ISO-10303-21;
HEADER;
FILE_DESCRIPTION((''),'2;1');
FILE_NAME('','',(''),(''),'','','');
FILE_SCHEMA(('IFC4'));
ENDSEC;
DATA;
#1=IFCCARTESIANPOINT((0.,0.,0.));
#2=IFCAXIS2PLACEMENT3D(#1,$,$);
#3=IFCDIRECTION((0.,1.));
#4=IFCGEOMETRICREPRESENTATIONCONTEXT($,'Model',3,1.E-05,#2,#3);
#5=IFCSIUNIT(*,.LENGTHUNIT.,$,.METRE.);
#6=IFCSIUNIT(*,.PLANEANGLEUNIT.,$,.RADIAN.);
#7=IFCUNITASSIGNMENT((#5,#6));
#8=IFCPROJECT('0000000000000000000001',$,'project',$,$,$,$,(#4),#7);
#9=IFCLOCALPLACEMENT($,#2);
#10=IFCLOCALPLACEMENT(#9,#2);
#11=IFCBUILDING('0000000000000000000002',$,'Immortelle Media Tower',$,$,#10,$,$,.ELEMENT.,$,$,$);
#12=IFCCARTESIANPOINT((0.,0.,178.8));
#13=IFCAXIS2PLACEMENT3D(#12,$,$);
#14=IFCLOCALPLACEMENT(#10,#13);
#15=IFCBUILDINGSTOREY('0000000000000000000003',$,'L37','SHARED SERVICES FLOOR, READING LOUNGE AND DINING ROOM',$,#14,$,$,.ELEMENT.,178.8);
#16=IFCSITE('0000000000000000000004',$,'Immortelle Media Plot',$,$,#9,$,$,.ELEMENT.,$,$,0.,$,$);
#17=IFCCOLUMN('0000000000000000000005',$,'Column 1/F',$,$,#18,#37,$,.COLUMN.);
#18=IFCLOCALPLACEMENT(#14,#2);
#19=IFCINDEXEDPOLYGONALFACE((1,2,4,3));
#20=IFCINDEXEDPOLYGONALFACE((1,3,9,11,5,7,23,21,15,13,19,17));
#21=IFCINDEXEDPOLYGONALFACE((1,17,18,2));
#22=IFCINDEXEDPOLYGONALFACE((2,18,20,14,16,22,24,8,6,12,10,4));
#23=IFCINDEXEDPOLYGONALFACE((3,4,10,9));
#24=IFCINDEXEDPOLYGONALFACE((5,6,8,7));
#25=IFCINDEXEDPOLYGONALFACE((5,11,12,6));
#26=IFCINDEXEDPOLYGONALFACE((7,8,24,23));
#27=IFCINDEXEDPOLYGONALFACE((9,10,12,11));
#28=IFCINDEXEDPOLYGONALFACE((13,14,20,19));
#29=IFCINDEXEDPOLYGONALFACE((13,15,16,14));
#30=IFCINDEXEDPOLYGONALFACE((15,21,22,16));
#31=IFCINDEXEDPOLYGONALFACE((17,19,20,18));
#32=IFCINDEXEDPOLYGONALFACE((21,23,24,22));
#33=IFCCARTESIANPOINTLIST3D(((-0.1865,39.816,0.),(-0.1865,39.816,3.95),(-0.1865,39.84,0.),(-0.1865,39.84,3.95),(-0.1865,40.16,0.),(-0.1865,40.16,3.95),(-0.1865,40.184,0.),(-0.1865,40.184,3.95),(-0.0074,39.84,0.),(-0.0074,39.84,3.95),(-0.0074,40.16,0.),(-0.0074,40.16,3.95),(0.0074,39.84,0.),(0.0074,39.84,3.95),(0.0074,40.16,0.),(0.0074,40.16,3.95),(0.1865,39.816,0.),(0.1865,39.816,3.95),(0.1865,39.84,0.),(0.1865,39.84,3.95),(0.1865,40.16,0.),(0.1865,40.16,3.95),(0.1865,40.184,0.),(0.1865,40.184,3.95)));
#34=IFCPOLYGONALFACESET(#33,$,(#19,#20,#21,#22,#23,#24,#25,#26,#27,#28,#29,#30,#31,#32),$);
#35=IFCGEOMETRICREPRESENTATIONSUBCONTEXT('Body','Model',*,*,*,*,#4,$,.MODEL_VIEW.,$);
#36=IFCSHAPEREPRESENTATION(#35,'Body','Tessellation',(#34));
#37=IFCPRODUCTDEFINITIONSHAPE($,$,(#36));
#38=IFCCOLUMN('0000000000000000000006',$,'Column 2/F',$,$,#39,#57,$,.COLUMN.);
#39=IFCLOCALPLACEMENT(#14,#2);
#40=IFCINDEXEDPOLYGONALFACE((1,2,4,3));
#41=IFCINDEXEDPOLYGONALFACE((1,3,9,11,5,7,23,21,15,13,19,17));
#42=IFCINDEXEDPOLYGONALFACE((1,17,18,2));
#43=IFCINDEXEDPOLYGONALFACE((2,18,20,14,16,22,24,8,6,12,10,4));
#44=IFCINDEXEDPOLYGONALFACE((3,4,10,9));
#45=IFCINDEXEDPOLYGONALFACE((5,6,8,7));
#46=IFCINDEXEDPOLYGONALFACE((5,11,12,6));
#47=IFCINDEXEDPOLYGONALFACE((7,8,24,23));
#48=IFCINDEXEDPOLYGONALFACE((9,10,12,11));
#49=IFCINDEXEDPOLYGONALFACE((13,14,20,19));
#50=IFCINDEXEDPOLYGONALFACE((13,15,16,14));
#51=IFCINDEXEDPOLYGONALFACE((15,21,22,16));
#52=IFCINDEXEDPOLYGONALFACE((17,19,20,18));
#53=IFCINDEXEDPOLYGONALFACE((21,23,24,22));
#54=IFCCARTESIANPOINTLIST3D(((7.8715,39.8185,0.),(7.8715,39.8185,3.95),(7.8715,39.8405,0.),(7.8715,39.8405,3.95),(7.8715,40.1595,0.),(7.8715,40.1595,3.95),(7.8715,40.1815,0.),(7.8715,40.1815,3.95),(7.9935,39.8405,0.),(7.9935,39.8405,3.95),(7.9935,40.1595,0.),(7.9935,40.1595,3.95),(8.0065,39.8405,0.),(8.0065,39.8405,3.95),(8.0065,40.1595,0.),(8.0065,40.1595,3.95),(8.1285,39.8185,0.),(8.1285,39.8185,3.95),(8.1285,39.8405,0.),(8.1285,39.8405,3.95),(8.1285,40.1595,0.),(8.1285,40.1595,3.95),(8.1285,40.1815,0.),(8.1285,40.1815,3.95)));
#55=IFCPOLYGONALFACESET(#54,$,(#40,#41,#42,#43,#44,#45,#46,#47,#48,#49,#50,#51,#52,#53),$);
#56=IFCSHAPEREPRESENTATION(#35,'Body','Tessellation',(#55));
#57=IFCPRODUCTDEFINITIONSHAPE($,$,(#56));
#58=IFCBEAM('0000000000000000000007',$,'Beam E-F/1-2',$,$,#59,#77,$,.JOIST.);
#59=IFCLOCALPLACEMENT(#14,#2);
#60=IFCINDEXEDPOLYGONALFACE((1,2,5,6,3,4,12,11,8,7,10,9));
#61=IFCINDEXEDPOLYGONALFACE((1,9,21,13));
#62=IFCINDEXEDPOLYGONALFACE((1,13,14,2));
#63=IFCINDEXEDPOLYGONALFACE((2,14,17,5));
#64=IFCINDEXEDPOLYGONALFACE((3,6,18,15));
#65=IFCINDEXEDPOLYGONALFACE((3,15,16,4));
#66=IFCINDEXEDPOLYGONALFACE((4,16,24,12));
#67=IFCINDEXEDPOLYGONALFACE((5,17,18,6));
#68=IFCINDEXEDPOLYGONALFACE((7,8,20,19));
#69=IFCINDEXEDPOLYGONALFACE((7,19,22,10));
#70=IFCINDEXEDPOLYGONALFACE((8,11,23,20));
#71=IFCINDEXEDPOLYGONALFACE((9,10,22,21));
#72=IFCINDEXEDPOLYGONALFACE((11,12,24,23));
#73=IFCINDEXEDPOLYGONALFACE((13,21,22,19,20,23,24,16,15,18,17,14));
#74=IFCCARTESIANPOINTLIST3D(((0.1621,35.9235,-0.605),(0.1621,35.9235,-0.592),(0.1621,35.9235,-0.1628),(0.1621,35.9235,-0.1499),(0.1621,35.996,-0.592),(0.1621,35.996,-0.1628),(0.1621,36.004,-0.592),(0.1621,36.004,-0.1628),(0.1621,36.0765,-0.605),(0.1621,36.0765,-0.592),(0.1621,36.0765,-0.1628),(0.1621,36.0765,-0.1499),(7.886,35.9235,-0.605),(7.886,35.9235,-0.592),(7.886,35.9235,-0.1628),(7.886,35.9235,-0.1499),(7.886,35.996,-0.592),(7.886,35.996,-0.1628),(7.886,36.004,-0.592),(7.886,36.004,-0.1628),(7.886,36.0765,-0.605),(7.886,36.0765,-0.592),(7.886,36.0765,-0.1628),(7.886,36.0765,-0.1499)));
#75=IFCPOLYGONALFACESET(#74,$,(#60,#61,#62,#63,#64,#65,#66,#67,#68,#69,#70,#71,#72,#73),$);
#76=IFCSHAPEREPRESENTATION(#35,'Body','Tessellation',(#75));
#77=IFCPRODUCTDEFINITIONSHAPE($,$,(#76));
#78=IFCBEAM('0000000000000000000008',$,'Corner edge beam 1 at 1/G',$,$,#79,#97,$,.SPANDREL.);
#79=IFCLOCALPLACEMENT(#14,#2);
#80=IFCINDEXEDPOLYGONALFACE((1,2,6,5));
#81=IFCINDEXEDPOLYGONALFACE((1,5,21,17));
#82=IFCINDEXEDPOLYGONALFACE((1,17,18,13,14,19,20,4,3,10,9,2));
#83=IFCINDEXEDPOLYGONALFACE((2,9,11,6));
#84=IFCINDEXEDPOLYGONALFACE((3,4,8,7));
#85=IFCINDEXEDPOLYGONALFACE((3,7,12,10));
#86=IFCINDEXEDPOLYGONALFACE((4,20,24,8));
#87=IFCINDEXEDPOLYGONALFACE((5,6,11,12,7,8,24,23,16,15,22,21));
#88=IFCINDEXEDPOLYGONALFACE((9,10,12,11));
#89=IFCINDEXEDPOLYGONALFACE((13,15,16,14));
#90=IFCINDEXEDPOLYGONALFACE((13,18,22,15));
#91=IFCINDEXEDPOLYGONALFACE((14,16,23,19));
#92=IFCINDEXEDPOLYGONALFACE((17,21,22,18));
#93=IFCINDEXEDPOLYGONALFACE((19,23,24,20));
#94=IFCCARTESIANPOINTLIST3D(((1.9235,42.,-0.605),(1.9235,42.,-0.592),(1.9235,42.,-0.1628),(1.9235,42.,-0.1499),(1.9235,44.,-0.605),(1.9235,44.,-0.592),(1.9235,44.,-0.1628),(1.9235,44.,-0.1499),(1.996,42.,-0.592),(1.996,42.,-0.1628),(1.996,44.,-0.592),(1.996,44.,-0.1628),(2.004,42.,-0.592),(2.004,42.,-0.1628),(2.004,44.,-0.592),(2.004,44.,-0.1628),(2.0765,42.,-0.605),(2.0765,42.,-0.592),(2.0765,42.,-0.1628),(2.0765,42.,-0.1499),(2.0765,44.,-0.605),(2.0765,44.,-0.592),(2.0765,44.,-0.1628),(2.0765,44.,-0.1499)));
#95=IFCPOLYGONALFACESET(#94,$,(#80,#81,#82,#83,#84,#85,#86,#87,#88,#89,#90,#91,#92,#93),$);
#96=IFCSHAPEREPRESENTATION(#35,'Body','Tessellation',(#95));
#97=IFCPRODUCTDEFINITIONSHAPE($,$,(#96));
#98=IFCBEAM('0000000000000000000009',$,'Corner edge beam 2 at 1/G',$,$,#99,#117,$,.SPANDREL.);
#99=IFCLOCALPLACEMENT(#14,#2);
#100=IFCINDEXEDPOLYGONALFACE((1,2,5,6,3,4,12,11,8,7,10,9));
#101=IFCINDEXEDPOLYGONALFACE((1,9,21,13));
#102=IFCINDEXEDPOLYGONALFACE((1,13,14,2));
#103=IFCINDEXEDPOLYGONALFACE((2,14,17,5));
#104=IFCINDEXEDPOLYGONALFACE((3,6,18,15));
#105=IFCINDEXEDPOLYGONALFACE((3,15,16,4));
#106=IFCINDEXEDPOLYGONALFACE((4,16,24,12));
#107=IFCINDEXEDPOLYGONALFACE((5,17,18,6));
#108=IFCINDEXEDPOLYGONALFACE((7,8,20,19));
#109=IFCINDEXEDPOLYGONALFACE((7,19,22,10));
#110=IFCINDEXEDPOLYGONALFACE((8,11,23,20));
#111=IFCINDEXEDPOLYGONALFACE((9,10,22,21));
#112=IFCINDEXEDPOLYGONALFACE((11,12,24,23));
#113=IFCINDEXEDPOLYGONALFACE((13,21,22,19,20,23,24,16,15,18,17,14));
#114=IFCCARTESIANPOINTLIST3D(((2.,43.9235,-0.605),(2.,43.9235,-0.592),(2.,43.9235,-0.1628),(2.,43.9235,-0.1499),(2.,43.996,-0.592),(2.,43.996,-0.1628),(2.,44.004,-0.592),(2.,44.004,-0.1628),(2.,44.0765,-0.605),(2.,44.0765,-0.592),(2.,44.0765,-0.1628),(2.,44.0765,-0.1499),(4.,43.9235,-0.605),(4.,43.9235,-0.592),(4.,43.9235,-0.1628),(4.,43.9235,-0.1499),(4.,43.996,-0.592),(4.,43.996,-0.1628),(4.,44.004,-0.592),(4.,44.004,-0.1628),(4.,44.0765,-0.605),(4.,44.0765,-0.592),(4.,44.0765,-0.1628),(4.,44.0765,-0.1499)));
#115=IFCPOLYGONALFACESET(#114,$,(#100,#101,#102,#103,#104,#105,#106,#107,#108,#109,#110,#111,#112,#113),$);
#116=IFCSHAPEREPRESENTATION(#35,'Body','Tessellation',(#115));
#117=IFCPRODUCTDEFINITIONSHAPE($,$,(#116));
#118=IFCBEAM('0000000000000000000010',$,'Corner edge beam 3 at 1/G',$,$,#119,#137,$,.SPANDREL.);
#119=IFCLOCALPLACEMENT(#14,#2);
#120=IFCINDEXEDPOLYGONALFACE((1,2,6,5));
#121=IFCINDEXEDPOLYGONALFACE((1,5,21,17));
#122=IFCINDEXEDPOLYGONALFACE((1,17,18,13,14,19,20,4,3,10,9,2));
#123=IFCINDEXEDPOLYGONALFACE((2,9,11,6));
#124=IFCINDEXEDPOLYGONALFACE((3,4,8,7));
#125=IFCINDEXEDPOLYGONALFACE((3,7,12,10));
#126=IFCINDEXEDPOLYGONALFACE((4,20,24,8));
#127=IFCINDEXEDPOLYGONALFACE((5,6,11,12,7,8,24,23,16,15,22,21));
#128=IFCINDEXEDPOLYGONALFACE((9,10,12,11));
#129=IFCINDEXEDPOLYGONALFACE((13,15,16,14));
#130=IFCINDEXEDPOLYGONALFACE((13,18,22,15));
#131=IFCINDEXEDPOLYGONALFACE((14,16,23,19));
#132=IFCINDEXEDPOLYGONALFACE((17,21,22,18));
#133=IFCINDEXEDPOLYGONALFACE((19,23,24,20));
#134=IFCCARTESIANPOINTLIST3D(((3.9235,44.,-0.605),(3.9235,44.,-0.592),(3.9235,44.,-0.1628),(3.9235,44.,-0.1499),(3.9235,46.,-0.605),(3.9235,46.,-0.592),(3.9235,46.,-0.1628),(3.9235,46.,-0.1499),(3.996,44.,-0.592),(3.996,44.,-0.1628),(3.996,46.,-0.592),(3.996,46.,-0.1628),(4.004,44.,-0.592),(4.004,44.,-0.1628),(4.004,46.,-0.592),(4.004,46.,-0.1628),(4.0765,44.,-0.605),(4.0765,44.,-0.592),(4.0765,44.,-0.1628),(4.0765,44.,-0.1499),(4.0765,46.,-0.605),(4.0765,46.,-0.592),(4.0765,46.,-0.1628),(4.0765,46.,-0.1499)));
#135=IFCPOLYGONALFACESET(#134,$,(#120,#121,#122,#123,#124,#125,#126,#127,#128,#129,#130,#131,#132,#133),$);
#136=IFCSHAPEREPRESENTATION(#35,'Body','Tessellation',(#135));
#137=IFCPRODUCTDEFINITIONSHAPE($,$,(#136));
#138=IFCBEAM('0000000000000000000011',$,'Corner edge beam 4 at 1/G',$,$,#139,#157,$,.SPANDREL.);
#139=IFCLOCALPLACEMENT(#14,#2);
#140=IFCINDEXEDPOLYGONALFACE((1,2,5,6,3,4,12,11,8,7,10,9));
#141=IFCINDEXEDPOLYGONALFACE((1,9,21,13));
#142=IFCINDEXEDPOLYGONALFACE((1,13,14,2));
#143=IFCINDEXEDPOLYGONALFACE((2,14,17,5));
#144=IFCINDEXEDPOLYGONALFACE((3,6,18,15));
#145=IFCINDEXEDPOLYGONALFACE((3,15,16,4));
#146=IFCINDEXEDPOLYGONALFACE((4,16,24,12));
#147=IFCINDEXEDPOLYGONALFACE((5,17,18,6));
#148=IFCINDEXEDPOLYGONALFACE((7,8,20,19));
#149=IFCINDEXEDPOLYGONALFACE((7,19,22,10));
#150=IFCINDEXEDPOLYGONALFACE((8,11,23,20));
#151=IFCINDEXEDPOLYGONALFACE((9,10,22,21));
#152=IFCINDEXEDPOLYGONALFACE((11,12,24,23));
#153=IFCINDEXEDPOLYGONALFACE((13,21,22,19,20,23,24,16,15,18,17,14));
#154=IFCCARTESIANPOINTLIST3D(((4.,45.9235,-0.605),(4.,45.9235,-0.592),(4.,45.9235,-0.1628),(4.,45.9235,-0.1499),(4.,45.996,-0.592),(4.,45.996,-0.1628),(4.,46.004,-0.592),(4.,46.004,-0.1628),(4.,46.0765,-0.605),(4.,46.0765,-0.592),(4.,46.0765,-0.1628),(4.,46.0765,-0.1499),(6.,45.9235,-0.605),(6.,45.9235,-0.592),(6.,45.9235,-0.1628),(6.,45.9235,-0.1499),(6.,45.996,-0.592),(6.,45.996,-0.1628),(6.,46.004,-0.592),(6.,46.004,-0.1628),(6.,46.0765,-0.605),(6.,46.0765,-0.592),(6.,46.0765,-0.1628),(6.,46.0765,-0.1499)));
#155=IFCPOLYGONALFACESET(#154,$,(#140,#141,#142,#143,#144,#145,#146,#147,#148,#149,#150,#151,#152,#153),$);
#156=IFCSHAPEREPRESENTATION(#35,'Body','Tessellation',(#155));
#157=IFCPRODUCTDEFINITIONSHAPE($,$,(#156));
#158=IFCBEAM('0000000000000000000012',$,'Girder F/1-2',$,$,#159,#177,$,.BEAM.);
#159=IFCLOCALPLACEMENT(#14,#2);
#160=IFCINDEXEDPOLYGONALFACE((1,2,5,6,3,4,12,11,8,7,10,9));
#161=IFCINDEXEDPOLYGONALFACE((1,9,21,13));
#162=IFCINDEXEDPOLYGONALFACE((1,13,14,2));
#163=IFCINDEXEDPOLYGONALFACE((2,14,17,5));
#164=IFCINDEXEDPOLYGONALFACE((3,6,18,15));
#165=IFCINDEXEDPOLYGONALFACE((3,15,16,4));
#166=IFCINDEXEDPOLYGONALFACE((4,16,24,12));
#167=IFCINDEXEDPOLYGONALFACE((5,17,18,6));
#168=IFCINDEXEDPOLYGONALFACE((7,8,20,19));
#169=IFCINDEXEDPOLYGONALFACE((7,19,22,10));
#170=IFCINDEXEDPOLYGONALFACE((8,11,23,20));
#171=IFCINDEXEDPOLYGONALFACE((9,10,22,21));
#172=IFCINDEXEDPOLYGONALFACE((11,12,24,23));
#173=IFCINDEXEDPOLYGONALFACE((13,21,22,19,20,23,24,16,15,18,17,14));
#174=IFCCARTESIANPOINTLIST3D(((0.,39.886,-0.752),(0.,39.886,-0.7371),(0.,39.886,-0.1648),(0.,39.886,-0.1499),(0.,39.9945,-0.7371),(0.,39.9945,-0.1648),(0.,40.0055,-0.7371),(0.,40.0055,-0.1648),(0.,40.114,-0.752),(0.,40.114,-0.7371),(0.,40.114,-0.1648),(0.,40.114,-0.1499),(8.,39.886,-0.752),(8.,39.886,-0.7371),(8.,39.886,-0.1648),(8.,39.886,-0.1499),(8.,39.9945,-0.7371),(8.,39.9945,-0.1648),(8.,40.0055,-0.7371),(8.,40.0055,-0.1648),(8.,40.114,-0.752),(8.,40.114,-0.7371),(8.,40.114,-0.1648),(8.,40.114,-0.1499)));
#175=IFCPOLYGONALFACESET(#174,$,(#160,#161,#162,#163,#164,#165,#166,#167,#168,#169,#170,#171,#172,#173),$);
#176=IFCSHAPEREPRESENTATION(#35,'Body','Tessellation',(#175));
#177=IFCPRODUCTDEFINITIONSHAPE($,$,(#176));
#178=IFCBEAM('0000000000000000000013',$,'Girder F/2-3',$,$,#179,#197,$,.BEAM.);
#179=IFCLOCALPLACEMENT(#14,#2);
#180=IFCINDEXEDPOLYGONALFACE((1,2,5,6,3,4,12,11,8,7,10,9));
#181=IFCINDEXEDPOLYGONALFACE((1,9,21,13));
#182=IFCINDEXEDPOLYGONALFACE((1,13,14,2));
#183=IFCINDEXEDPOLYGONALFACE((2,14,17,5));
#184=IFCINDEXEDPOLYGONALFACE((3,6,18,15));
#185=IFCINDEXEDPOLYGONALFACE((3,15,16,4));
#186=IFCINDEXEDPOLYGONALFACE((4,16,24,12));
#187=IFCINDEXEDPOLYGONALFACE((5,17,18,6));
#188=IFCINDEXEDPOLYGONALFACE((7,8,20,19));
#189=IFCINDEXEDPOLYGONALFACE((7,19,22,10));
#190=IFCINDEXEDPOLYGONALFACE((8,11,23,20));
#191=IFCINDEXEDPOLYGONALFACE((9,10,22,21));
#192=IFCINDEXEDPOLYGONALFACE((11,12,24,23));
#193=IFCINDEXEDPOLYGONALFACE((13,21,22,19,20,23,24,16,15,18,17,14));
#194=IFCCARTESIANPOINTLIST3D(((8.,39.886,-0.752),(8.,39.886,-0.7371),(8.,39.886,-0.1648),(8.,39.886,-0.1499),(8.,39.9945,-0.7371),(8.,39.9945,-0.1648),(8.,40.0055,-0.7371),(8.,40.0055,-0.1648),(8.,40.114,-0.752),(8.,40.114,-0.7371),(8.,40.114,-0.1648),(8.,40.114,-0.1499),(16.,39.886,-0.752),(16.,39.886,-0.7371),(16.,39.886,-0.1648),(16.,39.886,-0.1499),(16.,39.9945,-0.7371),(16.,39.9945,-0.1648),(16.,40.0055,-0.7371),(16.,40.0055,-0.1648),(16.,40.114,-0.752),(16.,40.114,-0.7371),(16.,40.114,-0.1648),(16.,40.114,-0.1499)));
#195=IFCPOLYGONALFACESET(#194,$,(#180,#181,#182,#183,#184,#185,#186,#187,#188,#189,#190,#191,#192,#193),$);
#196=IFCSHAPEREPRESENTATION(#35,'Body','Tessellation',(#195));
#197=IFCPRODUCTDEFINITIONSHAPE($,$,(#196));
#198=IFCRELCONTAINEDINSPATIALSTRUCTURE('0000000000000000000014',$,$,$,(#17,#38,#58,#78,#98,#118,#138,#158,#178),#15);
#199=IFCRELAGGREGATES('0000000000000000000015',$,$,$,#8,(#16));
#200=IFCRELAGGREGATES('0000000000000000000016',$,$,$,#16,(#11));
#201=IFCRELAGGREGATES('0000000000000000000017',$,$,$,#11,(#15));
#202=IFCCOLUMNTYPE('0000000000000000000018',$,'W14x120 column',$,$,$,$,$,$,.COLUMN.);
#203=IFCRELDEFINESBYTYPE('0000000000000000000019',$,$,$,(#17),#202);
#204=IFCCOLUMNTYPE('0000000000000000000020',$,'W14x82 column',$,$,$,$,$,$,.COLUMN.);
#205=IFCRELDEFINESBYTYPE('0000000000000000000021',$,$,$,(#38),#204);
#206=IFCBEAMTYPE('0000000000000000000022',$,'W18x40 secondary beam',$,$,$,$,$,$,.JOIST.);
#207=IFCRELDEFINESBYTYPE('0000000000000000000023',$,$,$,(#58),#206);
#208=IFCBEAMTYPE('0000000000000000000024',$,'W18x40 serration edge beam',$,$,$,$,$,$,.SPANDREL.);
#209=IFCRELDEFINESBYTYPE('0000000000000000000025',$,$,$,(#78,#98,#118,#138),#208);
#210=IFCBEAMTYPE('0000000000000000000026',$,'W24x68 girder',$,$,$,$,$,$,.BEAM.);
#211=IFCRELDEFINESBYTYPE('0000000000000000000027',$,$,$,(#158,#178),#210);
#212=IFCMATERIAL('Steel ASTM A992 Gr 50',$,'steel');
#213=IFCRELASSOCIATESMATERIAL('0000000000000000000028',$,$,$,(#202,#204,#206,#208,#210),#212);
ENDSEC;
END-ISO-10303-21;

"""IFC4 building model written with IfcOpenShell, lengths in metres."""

from ifc_helpers import new_model, si_unit, direction, frame, origin, origin_2d, place, context, subcontext, project, spatial, i_section, extrude, material, material_profile, profile_set, type_object, element, save


model = new_model("IFC4")

# Units and contexts
model_context = context("Model", 3, precision=1e-05, world=origin(), true_north=direction((0.0, 1.0)))
body_context = subcontext(model_context, "Body", "Model", "MODEL_VIEW")
ifc_project = project(units=[si_unit("LENGTHUNIT", "METRE"), si_unit("PLANEANGLEUNIT", "RADIAN")], contexts=[model_context])

# Site, building, storey
site_placement = place(None, origin())
site = spatial("IfcSite", under=ifc_project, at=site_placement, Name="Immortelle Media Plot", CompositionType="ELEMENT", RefElevation=0.0)
building_placement = place(site_placement, origin())
building = spatial("IfcBuilding", under=site, at=building_placement, Name="Immortelle Media Tower", CompositionType="ELEMENT")
storey_placement = place(building_placement, frame((0.0, 0.0, 178.8)))
storey = spatial("IfcBuildingStorey", under=building, at=storey_placement, Name="L37", Description="SHARED SERVICES FLOOR, READING LOUNGE AND DINING ROOM", CompositionType="ELEMENT", Elevation=178.8)

# Columns
ifc_material_1 = material(Name="Steel ASTM A992 Gr 50", Category="steel")
ifc_material_profile_1 = material_profile(ifc_material_1, i_section(OverallWidth=0.373, OverallDepth=0.3679, WebThickness=0.0149, FlangeThickness=0.0239, at=origin_2d()), Name="W14x120")
ifc_profile_set_1 = profile_set([ifc_material_profile_1], Name="Steel ASTM A992 Gr 50")
column_type_1 = type_object("IfcColumnType", Name="W14x120 column", PredefinedType="COLUMN", material=ifc_profile_set_1)
column_1_placement = place(storey_placement, frame((0.0, 40.0, 0.0), z_axis=(0.0, 0.0, 1.0), x_axis=(1.0, 0.0, 0.0)))
element("IfcColumn", 1, at=column_1_placement, inside=storey, type_object=column_type_1, Name="Column 1/F", PredefinedType="COLUMN", context=body_context, shape_type="SweptSolid", body=[
    extrude(i_section(OverallWidth=0.373, OverallDepth=0.3679, WebThickness=0.0149, FlangeThickness=0.0239, at=origin_2d()), origin(), (0.0, 0.0, 1.0), 3.95),
])
ifc_material_profile_2 = material_profile(ifc_material_1, i_section(OverallWidth=0.2571, OverallDepth=0.363, WebThickness=0.0129, FlangeThickness=0.022, at=origin_2d()), Name="W14x82")
ifc_profile_set_2 = profile_set([ifc_material_profile_2], Name="Steel ASTM A992 Gr 50")
column_type_2 = type_object("IfcColumnType", Name="W14x82 column", PredefinedType="COLUMN", material=ifc_profile_set_2)
column_2_placement = place(storey_placement, frame((8.0, 40.0, 0.0), z_axis=(0.0, 0.0, 1.0), x_axis=(1.0, 0.0, 0.0)))
element("IfcColumn", 2, at=column_2_placement, inside=storey, type_object=column_type_2, Name="Column 2/F", PredefinedType="COLUMN", context=body_context, shape_type="SweptSolid", body=[
    extrude(i_section(OverallWidth=0.2571, OverallDepth=0.363, WebThickness=0.0129, FlangeThickness=0.022, at=origin_2d()), origin(), (0.0, 0.0, 1.0), 3.95),
])

# Beams
ifc_material_profile_3 = material_profile(ifc_material_1, i_section(OverallWidth=0.1531, OverallDepth=0.4551, WebThickness=0.0081, FlangeThickness=0.0129, at=origin_2d()), Name="W18x40")
ifc_profile_set_3 = profile_set([ifc_material_profile_3], Name="Steel ASTM A992 Gr 50")
beam_type_1 = type_object("IfcBeamType", Name="W18x40 secondary beam", PredefinedType="JOIST", material=ifc_profile_set_3)
beam_1_placement = place(storey_placement, frame((0.1621, 36.0, -0.3774), z_axis=(1.0, 0.0, 0.0), x_axis=(0.0, 1.0, 0.0)))
element("IfcBeam", 3, at=beam_1_placement, inside=storey, type_object=beam_type_1, Name="Beam E-F/1-2", PredefinedType="JOIST", context=body_context, shape_type="SweptSolid", body=[
    extrude(i_section(OverallWidth=0.1531, OverallDepth=0.4551, WebThickness=0.0081, FlangeThickness=0.0129, at=origin_2d()), origin(), (0.0, 0.0, 1.0), 7.7239),
])
ifc_material_profile_4 = material_profile(ifc_material_1, i_section(OverallWidth=0.1531, OverallDepth=0.4551, WebThickness=0.0081, FlangeThickness=0.0129, at=origin_2d()), Name="W18x40")
ifc_profile_set_4 = profile_set([ifc_material_profile_4], Name="Steel ASTM A992 Gr 50")
beam_type_2 = type_object("IfcBeamType", Name="W18x40 serration edge beam", PredefinedType="SPANDREL", material=ifc_profile_set_4)
for number, where, z_axis, x_axis, name in (
    (4, (2.0, 42.0, -0.3774), (0.0, 1.0, 0.0), (-1.0, 0.0, 0.0), "Corner edge beam 1 at 1/G"),
    (5, (2.0, 44.0, -0.3774), (1.0, 0.0, 0.0), (0.0, 1.0, 0.0), "Corner edge beam 2 at 1/G"),
    (6, (4.0, 44.0, -0.3774), (0.0, 1.0, 0.0), (-1.0, 0.0, 0.0), "Corner edge beam 3 at 1/G"),
    (7, (4.0, 46.0, -0.3774), (1.0, 0.0, 0.0), (0.0, 1.0, 0.0), "Corner edge beam 4 at 1/G"),
):
    element("IfcBeam", number, at=place(storey_placement, frame(where, z_axis=z_axis, x_axis=x_axis)), inside=storey, type_object=beam_type_2, Name=name, PredefinedType="SPANDREL", context=body_context, shape_type="SweptSolid", body=[
        extrude(i_section(OverallWidth=0.1531, OverallDepth=0.4551, WebThickness=0.0081, FlangeThickness=0.0129, at=origin_2d()), origin(), (0.0, 0.0, 1.0), 2.0),
    ])
ifc_material_profile_5 = material_profile(ifc_material_1, i_section(OverallWidth=0.228, OverallDepth=0.6021, WebThickness=0.011, FlangeThickness=0.0149, at=origin_2d()), Name="W24x68")
ifc_profile_set_5 = profile_set([ifc_material_profile_5], Name="Steel ASTM A992 Gr 50")
beam_type_3 = type_object("IfcBeamType", Name="W24x68 girder", PredefinedType="BEAM", material=ifc_profile_set_5)
for number, where, z_axis, x_axis, name in (
    (8, (0.0, 40.0, -0.4509), (1.0, 0.0, 0.0), (0.0, 1.0, 0.0), "Girder F/1-2"),
    (9, (8.0, 40.0, -0.4509), (1.0, 0.0, 0.0), (0.0, 1.0, 0.0), "Girder F/2-3"),
):
    element("IfcBeam", number, at=place(storey_placement, frame(where, z_axis=z_axis, x_axis=x_axis)), inside=storey, type_object=beam_type_3, Name=name, PredefinedType="BEAM", context=body_context, shape_type="SweptSolid", body=[
        extrude(i_section(OverallWidth=0.228, OverallDepth=0.6021, WebThickness=0.011, FlangeThickness=0.0149, at=origin_2d()), origin(), (0.0, 0.0, 1.0), 8.0),
    ])

save(model, "model.ifc")
